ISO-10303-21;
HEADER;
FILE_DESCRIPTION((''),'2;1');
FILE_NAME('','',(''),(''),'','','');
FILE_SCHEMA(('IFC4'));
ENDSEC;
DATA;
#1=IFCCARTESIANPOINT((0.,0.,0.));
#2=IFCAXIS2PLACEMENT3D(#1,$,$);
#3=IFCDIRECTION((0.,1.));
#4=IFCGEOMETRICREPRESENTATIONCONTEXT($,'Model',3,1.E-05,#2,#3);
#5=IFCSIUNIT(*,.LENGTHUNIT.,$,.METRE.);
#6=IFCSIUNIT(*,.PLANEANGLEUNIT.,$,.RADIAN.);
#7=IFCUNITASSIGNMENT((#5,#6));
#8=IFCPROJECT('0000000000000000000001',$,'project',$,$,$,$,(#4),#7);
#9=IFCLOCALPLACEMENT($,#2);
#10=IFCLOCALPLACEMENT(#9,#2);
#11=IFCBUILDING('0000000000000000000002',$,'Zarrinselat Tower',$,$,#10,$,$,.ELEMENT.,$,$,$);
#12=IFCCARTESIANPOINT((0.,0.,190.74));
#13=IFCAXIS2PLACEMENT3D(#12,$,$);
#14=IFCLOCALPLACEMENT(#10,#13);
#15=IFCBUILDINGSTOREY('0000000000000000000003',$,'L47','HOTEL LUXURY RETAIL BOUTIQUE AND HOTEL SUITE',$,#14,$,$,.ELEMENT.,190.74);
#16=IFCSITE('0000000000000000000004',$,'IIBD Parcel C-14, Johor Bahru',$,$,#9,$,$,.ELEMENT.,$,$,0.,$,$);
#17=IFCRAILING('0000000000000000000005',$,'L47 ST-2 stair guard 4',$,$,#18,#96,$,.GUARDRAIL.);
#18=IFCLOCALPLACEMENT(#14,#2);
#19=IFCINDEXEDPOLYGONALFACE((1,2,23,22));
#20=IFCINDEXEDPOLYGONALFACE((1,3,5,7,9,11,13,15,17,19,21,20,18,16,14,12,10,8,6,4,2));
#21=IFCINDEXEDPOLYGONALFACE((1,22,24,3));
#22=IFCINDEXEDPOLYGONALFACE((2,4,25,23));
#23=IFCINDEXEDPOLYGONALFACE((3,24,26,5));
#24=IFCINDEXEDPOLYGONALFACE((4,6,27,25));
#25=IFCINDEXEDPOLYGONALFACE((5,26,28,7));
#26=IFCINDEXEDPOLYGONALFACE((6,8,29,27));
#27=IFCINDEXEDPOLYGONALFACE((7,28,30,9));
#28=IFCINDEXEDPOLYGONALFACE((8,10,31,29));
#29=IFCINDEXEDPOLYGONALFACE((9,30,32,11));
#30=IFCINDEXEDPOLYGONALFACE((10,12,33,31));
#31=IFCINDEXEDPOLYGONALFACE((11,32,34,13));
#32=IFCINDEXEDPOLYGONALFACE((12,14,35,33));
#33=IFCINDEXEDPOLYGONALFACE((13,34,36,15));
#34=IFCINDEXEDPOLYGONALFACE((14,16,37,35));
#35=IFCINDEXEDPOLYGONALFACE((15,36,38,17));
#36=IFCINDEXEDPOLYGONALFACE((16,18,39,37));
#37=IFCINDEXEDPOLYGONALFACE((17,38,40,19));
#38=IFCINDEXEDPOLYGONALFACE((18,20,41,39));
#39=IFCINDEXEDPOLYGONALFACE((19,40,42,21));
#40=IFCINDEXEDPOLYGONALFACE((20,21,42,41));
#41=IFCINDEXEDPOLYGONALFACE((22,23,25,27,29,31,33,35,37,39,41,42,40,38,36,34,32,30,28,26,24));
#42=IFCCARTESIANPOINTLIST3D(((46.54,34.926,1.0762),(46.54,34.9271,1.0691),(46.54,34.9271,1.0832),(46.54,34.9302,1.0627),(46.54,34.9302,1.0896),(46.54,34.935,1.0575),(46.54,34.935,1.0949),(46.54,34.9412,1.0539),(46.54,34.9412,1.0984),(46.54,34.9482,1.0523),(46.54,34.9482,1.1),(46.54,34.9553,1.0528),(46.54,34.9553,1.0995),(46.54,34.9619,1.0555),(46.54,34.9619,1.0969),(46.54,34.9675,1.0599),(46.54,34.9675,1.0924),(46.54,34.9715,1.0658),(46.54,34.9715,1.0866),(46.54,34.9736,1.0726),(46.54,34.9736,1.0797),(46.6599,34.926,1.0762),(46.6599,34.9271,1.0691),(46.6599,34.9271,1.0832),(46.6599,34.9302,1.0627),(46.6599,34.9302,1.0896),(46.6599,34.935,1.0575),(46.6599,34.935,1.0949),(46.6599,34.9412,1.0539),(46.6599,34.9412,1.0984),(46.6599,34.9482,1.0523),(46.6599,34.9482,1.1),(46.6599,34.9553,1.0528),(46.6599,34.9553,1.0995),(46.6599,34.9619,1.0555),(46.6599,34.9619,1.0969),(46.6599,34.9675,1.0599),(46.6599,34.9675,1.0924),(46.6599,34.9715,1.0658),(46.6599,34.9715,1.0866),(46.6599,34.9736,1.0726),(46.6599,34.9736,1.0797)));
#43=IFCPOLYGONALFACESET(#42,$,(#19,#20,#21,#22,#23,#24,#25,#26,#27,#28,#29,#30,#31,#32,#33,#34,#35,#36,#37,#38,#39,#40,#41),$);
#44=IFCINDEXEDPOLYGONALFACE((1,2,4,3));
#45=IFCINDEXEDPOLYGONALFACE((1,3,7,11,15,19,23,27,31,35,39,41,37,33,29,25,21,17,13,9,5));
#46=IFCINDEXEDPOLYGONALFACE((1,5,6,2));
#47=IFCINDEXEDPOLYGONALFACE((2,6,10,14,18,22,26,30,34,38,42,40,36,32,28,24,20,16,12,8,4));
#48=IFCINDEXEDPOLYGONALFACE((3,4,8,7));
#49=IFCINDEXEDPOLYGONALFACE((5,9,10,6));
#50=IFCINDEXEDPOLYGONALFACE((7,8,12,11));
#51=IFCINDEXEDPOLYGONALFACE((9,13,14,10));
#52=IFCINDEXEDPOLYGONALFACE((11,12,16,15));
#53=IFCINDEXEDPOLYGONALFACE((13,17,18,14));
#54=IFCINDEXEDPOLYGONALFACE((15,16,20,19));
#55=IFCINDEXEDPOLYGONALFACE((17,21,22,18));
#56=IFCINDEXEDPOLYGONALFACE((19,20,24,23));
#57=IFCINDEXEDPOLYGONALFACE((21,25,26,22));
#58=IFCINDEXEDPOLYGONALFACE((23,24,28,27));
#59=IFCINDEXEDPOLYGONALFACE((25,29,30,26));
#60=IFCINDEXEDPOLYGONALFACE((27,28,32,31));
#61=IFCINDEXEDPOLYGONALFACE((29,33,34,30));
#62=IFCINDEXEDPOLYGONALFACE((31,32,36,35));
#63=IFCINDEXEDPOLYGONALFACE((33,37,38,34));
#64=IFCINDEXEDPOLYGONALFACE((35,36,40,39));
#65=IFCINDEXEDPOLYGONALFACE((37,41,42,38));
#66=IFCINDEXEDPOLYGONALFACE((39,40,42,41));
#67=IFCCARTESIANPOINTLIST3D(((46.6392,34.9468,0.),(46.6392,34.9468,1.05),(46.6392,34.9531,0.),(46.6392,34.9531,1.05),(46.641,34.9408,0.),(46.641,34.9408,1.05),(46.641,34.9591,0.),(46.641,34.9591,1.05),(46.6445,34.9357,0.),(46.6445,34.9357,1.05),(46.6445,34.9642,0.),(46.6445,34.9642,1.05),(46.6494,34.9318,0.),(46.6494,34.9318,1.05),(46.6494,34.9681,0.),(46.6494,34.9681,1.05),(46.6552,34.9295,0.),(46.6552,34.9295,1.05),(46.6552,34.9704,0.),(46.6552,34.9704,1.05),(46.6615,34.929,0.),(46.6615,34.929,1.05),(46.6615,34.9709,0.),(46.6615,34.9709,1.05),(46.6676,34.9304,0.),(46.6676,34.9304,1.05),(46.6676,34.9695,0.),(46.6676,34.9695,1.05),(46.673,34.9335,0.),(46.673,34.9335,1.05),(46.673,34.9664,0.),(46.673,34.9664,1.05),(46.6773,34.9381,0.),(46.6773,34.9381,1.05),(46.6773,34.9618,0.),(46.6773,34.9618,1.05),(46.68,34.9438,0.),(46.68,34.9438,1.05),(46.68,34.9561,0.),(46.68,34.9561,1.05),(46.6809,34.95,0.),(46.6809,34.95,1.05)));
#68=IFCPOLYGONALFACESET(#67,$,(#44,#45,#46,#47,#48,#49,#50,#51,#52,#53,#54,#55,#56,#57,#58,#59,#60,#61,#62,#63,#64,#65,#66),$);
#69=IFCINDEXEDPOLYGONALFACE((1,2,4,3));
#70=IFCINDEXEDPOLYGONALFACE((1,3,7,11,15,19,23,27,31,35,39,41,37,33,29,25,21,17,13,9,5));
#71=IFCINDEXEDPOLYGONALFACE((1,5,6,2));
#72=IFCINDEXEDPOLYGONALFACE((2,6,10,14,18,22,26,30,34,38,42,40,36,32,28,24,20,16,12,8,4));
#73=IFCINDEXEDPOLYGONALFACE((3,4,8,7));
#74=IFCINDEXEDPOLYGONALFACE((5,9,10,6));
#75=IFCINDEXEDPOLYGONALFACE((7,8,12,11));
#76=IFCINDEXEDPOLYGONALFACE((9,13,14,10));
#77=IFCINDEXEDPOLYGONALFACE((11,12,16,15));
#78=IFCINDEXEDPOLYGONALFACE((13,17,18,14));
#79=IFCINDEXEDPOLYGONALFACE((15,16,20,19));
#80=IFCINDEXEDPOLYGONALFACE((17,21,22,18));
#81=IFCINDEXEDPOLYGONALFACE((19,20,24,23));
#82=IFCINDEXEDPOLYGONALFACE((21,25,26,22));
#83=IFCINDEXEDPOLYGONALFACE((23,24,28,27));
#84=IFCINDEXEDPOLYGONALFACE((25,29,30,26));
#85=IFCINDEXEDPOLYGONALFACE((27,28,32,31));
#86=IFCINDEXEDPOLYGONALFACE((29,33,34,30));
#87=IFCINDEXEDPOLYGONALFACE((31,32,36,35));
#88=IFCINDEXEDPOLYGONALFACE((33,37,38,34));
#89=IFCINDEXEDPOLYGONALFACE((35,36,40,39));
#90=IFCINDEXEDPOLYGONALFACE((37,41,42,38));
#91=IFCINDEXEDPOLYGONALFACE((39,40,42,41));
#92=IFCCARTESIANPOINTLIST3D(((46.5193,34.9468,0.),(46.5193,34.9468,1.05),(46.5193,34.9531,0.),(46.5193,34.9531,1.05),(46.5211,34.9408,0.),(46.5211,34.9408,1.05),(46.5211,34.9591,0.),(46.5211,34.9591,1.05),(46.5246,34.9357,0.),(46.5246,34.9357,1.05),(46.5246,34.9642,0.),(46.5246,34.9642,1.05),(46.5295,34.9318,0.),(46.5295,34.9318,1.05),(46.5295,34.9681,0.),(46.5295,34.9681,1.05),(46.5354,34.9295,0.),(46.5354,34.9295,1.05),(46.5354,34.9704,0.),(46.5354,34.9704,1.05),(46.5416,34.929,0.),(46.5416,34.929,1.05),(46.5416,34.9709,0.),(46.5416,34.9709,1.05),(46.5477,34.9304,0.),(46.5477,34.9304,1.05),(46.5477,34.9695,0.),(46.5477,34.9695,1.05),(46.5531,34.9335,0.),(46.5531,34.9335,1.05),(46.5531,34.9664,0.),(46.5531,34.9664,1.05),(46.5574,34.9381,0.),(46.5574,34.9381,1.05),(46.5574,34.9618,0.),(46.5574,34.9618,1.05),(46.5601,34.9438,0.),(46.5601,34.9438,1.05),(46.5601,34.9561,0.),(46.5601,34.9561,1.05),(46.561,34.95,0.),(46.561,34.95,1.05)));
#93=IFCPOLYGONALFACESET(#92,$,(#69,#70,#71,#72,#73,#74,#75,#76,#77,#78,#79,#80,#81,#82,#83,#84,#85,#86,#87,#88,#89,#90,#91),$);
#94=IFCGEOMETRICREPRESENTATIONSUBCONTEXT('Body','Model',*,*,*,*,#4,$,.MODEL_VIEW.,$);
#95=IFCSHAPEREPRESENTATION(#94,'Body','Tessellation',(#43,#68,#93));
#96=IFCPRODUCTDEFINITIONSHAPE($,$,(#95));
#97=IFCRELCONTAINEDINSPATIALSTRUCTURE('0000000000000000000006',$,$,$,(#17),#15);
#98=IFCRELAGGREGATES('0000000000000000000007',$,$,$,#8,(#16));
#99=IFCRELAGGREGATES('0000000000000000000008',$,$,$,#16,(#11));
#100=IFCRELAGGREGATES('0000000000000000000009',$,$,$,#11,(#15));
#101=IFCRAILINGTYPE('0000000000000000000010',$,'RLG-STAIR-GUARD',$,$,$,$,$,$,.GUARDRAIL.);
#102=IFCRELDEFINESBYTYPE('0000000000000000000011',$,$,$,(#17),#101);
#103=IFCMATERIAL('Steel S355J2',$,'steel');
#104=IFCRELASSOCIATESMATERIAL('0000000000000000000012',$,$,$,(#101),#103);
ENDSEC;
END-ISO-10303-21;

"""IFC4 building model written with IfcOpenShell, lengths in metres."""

from ifc_helpers import new_model, si_unit, direction, frame, origin, origin_2d, place, context, subcontext, project, spatial, circle, extrude, material, type_object, element, save


model = new_model("IFC4")

# Units and contexts
model_context = context("Model", 3, precision=1e-05, world=origin(), true_north=direction((0.0, 1.0)))
body_context = subcontext(model_context, "Body", "Model", "MODEL_VIEW")
ifc_project = project(units=[si_unit("LENGTHUNIT", "METRE"), si_unit("PLANEANGLEUNIT", "RADIAN")], contexts=[model_context])

# Site, building, storey
site_placement = place(None, origin())
site = spatial("IfcSite", under=ifc_project, at=site_placement, Name="IIBD Parcel C-14, Johor Bahru", CompositionType="ELEMENT", RefElevation=0.0)
building_placement = place(site_placement, origin())
building = spatial("IfcBuilding", under=site, at=building_placement, Name="Zarrinselat Tower", CompositionType="ELEMENT")
storey_placement = place(building_placement, frame((0.0, 0.0, 190.74)))
storey = spatial("IfcBuildingStorey", under=building, at=storey_placement, Name="L47", Description="HOTEL LUXURY RETAIL BOUTIQUE AND HOTEL SUITE", CompositionType="ELEMENT", Elevation=190.74)

# Railing
ifc_material_1 = material(Name="Steel S355J2", Category="steel")
railing_type_1 = type_object("IfcRailingType", Name="RLG-STAIR-GUARD", PredefinedType="GUARDRAIL", material=ifc_material_1)
railing_1_placement = place(storey_placement, frame((46.6599, 34.95, 0.0)))
element("IfcRailing", 1, at=railing_1_placement, inside=storey, type_object=railing_type_1, Name="L47 ST-2 stair guard 4", PredefinedType="GUARDRAIL", context=body_context, shape_type="SweptSolid", body=[
    extrude(circle(Radius=0.0239, at=origin_2d()), frame((0.0, 0.0, 1.0762), z_axis=(-1.0, 0.0, 0.0), x_axis=(0.0, -1.0, 0.0)), (0.0, 0.0, 1.0), 0.1199),
    extrude(circle(Radius=0.021, at=origin_2d()), origin(), (0.0, 0.0, 1.0), 1.05),
    extrude(circle(Radius=0.021, at=origin_2d()), frame((-0.1199, 0.0, 0.0)), (0.0, 0.0, 1.0), 1.05),
])

save(model, "model.ifc")
